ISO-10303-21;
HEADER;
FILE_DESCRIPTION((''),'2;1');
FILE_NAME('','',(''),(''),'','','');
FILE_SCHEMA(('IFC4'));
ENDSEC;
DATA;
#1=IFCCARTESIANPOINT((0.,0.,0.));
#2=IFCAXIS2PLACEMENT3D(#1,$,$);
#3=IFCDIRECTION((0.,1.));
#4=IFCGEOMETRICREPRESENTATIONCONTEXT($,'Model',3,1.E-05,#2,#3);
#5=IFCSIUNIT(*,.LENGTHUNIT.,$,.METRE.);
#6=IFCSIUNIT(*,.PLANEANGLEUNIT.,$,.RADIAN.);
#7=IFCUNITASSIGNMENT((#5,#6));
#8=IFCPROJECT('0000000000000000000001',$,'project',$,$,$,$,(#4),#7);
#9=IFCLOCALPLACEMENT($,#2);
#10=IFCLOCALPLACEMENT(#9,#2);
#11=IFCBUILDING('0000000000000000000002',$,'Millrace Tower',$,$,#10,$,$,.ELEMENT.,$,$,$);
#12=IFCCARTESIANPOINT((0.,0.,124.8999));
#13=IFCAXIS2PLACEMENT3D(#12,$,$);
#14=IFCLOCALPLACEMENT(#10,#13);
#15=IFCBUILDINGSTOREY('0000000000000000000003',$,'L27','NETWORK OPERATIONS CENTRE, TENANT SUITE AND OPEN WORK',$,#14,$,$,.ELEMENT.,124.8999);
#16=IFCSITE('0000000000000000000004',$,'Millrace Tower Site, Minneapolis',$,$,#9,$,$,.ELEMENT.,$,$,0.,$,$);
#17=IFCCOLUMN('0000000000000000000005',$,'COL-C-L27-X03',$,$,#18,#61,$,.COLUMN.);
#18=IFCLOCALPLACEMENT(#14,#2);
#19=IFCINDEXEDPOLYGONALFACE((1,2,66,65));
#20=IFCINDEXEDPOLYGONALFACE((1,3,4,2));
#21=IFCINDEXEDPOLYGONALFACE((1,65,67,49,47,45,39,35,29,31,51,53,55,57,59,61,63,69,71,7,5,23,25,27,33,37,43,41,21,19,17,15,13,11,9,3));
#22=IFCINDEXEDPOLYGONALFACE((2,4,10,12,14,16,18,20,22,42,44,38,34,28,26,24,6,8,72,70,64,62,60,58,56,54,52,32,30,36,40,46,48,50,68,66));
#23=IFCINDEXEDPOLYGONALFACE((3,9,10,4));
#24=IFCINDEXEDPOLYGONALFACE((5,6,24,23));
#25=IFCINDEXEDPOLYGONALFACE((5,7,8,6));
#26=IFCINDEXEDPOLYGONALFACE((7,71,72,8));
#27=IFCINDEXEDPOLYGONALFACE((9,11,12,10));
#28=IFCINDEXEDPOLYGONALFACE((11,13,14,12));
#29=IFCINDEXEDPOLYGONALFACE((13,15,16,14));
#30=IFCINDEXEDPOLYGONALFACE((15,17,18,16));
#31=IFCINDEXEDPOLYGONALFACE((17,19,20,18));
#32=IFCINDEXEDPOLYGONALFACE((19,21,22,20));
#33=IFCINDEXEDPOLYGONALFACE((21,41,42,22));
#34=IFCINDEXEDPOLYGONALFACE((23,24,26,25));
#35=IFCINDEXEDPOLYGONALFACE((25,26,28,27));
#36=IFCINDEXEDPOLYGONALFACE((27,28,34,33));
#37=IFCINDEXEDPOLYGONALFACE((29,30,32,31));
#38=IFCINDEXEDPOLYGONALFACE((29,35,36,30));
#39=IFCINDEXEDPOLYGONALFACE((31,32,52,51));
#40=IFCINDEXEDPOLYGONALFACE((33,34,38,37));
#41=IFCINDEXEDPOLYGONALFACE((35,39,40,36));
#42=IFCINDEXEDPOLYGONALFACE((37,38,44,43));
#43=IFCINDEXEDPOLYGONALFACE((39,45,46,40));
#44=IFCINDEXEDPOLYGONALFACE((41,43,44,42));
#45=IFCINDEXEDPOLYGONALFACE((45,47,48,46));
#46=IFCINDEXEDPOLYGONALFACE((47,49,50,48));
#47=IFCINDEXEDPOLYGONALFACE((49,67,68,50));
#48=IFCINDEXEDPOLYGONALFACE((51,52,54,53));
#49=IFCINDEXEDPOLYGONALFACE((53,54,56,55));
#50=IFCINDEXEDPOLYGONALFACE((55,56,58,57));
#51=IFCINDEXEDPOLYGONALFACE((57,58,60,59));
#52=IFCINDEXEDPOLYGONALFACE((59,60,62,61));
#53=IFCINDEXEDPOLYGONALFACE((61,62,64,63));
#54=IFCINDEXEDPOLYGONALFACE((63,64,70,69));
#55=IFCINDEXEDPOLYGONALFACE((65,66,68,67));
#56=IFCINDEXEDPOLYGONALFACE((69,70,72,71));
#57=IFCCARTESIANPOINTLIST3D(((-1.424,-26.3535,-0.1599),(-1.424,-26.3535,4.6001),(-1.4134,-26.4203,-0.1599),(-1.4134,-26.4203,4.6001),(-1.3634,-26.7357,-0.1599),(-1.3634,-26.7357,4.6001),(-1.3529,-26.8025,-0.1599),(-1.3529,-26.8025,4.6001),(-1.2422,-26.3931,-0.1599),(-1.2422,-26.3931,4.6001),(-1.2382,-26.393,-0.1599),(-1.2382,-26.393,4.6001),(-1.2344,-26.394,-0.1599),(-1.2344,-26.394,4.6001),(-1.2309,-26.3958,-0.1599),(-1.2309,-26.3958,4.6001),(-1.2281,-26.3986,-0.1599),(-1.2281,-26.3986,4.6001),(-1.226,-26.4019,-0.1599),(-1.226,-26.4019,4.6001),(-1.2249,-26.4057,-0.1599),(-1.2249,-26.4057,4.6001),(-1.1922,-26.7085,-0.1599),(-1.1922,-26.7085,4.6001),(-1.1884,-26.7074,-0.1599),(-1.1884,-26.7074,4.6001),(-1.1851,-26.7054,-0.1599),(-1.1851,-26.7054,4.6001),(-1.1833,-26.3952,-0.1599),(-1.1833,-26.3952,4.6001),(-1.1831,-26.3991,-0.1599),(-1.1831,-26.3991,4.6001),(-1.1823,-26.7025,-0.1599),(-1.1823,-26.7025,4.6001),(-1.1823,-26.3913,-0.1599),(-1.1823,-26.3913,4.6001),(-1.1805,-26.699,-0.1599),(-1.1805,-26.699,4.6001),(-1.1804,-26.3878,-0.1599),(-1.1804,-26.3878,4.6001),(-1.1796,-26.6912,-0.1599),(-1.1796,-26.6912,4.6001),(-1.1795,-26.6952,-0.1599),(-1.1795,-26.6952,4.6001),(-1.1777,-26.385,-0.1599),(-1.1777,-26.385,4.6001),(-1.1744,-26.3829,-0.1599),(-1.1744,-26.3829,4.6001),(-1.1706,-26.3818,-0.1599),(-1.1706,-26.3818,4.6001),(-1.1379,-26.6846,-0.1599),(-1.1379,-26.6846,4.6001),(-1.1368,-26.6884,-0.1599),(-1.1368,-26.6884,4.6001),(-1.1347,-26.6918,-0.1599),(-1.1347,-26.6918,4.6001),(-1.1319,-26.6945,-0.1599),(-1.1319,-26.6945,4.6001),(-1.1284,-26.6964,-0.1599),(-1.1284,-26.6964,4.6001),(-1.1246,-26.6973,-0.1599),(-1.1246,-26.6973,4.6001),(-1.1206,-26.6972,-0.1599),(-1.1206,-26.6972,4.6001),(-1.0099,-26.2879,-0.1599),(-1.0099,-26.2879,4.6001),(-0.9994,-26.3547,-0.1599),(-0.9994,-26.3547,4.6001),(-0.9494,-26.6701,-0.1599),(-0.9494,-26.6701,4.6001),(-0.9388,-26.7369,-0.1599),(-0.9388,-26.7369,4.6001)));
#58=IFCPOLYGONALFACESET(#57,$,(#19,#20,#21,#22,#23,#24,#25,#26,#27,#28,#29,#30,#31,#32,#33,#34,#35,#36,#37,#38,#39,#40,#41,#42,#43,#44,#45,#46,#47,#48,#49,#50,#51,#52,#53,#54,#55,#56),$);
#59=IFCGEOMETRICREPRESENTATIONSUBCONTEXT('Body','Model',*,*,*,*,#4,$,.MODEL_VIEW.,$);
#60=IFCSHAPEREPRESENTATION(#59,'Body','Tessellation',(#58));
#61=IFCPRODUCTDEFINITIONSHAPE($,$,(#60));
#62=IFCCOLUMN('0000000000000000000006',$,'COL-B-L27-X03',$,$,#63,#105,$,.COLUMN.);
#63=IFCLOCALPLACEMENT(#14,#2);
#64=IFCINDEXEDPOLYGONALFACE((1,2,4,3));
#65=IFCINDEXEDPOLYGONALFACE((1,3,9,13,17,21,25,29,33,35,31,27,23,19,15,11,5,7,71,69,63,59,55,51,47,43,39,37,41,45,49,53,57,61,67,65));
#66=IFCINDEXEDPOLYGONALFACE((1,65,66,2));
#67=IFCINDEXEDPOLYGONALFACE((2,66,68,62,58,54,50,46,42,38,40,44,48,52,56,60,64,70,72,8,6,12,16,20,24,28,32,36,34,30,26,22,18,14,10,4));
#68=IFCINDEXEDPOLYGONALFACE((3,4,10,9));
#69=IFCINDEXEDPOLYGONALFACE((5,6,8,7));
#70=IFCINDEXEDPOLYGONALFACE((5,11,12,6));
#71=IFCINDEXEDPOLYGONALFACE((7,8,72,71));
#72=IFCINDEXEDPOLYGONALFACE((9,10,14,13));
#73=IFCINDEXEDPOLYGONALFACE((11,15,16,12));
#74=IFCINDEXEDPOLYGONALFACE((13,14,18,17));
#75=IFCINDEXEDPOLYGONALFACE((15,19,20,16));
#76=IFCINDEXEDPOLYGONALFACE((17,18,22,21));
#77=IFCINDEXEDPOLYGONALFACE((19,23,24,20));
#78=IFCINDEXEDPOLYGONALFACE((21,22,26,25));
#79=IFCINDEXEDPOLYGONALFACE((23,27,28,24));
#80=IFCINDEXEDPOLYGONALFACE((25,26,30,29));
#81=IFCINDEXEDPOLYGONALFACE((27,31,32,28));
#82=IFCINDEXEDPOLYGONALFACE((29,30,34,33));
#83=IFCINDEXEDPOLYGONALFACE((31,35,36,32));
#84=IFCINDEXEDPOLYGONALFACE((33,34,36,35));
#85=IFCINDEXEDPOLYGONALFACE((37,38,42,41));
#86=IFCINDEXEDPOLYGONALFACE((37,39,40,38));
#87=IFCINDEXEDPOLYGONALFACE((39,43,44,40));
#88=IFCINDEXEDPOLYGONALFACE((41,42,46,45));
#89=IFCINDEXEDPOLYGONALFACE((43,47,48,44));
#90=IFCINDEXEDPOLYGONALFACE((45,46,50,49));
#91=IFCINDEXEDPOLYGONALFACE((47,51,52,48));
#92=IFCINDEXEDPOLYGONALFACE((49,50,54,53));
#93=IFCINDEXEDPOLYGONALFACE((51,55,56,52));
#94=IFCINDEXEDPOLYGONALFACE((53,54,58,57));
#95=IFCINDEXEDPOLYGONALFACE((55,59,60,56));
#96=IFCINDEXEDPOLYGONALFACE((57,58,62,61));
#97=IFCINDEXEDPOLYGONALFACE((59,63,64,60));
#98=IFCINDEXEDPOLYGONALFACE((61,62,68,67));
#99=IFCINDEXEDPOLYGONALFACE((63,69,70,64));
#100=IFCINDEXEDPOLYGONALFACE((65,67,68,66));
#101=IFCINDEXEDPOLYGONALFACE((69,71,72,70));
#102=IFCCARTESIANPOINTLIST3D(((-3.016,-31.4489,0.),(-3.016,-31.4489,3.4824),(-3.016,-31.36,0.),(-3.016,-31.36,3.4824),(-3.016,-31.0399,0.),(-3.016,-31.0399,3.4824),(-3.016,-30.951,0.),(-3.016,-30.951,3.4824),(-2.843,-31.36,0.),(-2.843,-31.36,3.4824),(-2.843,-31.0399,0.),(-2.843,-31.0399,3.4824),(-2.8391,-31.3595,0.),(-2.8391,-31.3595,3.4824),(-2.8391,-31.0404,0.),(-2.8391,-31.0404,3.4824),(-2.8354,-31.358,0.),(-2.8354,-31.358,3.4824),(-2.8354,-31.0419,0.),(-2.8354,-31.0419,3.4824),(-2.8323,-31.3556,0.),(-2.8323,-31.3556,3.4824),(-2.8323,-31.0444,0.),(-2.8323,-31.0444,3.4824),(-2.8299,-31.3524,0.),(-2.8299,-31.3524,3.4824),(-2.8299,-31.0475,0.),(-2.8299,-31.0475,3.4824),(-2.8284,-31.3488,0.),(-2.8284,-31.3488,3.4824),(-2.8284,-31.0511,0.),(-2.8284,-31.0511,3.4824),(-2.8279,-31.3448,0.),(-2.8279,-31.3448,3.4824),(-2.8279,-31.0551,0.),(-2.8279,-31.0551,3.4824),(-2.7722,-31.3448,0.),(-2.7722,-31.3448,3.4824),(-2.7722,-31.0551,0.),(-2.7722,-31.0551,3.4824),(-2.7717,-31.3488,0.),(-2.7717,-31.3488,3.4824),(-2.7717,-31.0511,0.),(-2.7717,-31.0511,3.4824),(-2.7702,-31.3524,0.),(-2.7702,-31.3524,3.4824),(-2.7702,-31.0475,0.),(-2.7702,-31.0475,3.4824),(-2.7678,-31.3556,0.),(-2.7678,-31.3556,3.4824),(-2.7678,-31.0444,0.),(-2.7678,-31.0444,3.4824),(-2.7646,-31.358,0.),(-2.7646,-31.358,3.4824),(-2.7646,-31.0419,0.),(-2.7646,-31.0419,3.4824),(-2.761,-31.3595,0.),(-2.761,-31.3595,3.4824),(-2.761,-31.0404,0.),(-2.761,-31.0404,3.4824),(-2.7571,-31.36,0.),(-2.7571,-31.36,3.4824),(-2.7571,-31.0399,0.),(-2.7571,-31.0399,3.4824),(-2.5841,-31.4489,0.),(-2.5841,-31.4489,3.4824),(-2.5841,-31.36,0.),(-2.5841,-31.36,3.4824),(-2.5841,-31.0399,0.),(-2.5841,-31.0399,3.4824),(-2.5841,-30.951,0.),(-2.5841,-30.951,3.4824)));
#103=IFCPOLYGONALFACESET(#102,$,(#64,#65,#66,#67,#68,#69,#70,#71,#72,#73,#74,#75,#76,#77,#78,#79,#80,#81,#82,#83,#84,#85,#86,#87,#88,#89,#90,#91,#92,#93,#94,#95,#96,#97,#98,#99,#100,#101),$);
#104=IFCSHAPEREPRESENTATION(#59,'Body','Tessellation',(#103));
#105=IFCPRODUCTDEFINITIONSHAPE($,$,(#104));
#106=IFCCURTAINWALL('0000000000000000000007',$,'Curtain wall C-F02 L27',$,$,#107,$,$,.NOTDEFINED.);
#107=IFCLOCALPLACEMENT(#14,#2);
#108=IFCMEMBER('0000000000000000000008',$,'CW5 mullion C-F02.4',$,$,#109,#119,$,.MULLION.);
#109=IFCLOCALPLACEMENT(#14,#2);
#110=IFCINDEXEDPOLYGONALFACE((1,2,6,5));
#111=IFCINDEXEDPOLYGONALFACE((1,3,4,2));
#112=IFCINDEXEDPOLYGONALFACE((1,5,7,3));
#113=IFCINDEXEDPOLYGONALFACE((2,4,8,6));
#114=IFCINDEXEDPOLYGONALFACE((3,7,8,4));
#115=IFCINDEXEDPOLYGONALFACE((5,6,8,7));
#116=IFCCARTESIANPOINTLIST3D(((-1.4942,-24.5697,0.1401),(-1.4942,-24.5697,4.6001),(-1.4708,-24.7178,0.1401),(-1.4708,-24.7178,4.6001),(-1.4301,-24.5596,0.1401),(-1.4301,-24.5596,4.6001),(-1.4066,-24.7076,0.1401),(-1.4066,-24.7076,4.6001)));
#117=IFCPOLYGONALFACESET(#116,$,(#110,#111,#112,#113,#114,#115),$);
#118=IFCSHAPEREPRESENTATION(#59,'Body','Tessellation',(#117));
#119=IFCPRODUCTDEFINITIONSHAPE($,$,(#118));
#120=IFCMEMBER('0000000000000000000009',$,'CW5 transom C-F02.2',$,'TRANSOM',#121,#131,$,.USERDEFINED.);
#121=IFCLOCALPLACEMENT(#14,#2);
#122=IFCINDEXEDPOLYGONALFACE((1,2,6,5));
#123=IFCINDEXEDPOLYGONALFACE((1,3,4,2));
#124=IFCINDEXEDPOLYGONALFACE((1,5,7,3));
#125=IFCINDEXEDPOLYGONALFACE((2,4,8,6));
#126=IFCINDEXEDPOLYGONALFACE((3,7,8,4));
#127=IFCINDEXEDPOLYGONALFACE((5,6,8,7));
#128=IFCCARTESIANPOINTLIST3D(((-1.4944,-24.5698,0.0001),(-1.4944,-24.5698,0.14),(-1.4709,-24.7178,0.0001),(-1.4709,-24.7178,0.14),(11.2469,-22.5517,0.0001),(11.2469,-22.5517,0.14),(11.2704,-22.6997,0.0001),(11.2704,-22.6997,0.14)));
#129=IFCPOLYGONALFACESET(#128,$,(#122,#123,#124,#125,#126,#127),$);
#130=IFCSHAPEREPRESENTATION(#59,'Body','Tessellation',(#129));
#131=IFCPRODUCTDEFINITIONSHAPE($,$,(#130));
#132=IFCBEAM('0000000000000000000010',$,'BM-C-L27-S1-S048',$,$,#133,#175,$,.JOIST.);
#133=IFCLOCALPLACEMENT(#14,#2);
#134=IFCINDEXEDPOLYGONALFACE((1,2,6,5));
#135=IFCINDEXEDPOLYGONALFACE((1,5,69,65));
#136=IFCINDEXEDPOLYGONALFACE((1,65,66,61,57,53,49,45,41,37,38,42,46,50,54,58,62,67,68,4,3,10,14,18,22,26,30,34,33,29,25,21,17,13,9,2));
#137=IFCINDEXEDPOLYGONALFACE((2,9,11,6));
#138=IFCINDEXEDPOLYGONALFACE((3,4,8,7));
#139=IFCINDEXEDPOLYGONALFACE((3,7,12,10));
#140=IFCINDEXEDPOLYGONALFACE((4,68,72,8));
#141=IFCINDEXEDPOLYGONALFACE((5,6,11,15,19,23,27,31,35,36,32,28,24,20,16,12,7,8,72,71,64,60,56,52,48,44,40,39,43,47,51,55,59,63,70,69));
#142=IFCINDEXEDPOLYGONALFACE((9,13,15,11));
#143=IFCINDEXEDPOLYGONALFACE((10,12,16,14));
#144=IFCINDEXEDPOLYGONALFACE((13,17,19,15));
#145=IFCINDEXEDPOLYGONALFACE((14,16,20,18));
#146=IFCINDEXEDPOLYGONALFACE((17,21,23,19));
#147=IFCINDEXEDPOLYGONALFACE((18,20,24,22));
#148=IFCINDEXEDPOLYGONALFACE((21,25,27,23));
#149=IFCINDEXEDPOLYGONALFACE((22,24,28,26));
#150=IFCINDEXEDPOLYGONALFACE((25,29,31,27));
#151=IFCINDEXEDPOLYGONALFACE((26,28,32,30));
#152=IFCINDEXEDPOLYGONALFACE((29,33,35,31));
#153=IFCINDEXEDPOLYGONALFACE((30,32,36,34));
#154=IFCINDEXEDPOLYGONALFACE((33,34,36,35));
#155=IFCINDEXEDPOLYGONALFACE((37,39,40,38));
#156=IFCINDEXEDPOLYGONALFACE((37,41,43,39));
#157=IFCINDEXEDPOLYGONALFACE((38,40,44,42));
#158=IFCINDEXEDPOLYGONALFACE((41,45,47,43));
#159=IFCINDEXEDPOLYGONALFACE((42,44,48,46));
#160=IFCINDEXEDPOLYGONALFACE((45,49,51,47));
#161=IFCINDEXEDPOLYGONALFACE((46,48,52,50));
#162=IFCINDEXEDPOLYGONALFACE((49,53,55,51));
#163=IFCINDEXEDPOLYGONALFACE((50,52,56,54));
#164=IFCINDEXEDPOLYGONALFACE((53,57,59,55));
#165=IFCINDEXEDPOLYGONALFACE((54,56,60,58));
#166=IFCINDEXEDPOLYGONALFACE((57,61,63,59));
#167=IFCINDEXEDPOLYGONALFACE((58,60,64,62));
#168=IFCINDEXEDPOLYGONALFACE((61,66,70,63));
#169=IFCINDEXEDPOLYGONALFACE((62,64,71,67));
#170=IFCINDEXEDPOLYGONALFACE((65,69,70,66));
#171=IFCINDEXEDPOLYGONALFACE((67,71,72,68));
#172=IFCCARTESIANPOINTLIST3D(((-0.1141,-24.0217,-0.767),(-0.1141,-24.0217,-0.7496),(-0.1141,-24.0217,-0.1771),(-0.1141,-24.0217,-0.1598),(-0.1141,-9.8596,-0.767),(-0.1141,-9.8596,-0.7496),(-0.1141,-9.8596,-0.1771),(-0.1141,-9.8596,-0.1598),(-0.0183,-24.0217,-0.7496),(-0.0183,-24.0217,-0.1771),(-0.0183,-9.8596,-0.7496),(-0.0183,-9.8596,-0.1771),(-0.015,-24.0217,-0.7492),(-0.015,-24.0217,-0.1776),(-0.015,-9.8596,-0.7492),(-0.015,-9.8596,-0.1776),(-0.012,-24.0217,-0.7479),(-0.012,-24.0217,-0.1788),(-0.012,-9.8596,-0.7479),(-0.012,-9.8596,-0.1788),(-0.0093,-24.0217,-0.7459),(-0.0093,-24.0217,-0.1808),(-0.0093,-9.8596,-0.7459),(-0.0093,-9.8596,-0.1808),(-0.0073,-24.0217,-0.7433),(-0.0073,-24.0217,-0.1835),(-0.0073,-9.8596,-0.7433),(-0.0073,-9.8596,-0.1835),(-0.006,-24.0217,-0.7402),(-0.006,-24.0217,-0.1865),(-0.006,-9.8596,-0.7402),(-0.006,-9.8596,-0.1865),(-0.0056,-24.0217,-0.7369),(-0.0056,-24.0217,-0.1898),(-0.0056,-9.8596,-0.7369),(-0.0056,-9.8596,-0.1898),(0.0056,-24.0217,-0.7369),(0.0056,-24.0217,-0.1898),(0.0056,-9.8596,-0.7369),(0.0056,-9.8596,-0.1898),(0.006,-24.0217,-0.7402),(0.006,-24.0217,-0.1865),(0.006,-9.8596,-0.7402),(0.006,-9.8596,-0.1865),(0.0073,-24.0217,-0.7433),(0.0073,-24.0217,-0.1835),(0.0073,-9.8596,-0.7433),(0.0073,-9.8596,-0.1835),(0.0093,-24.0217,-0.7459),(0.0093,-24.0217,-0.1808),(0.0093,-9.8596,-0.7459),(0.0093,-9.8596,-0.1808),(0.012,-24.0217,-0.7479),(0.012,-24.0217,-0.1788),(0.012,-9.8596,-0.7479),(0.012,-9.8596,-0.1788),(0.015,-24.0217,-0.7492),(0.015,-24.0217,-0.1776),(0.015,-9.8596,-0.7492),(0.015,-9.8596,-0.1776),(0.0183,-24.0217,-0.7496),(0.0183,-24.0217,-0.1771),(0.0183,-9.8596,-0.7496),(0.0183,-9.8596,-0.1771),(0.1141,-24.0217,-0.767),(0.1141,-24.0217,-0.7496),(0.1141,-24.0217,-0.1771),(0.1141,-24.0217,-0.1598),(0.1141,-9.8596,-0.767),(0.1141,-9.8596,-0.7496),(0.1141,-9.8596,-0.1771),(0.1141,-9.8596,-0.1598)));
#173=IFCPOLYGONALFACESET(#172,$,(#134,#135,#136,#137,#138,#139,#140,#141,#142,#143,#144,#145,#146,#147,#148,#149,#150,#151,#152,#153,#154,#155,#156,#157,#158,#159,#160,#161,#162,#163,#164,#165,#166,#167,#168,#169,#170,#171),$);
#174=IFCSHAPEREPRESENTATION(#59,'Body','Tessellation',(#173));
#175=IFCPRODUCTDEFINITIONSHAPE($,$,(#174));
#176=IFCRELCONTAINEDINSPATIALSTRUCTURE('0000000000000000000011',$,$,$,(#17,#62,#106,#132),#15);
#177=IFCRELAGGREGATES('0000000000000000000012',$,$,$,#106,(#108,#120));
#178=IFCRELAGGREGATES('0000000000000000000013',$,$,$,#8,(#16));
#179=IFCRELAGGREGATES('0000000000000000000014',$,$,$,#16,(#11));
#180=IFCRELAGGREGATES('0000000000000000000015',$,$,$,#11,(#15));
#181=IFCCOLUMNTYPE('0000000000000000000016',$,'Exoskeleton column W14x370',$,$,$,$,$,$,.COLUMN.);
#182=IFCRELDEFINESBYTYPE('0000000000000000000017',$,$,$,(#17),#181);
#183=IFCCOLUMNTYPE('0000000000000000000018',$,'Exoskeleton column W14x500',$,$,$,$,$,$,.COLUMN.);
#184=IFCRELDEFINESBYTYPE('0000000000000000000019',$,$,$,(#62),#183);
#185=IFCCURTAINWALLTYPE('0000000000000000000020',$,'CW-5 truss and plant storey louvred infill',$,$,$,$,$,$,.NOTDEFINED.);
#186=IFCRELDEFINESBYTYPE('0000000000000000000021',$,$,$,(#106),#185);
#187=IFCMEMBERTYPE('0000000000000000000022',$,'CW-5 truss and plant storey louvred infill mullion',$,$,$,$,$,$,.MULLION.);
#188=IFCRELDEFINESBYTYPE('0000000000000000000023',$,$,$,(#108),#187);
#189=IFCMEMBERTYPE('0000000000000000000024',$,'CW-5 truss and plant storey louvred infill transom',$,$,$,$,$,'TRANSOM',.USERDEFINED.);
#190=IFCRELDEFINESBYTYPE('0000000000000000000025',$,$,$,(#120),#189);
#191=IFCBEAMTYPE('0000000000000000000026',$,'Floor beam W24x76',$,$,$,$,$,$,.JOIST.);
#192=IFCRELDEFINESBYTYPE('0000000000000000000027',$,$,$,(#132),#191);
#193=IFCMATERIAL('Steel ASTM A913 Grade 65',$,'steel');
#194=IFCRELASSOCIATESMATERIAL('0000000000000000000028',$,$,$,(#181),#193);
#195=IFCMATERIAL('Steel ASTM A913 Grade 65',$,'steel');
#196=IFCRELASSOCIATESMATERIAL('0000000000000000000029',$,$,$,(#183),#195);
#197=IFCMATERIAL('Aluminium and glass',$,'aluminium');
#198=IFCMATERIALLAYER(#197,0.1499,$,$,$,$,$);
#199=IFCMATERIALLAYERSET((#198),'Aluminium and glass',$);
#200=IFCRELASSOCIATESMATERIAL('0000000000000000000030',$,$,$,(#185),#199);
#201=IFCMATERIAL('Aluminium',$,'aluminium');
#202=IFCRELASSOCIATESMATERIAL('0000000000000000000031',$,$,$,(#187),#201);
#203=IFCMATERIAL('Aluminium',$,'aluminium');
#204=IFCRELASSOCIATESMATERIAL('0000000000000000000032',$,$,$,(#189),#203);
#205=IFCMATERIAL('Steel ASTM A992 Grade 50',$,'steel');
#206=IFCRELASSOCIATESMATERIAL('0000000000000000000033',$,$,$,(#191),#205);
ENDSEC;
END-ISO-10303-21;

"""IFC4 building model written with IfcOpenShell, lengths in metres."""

from ifc_helpers import new_model, si_unit, direction, frame, origin, origin_2d, place, context, subcontext, project, spatial, rectangle, i_section, extrude, material, layer, layer_set, material_profile, profile_set, type_object, element, aggregate, save


model = new_model("IFC4")

# Units and contexts
model_context = context("Model", 3, precision=1e-05, world=origin(), true_north=direction((0.0, 1.0)))
body_context = subcontext(model_context, "Body", "Model", "MODEL_VIEW")
ifc_project = project(units=[si_unit("LENGTHUNIT", "METRE"), si_unit("PLANEANGLEUNIT", "RADIAN")], contexts=[model_context])

# Site, building, storey
site_placement = place(None, origin())
site = spatial("IfcSite", under=ifc_project, at=site_placement, Name="Millrace Tower Site, Minneapolis", CompositionType="ELEMENT", RefElevation=0.0)
building_placement = place(site_placement, origin())
building = spatial("IfcBuilding", under=site, at=building_placement, Name="Millrace Tower", CompositionType="ELEMENT")
storey_placement = place(building_placement, frame((0.0, 0.0, 124.8999)))
storey = spatial("IfcBuildingStorey", under=building, at=storey_placement, Name="L27", Description="NETWORK OPERATIONS CENTRE, TENANT SUITE AND OPEN WORK", CompositionType="ELEMENT", Elevation=124.8999)

# Columns
ifc_material_1 = material(Name="Steel ASTM A913 Grade 65", Category="steel")
ifc_material_profile_1 = material_profile(ifc_material_1, i_section(OverallWidth=0.4192, OverallDepth=0.4546, WebThickness=0.0422, FlangeThickness=0.0676, FilletRadius=0.0151, at=origin_2d()))
ifc_profile_set_1 = profile_set([ifc_material_profile_1], Name="Steel ASTM A913 Grade 65")
column_type_1 = type_object("IfcColumnType", Name="Exoskeleton column W14x370", PredefinedType="COLUMN", material=ifc_profile_set_1)
column_1_placement = place(storey_placement, frame((-1.1814, -26.5452, -0.1599), z_axis=(0.0, 0.0, 1.0), x_axis=(0.987688, 0.156434, 0.0)))
element("IfcColumn", 1, at=column_1_placement, inside=storey, type_object=column_type_1, Name="COL-C-L27-X03", PredefinedType="COLUMN", context=body_context, shape_type="SweptSolid", body=[
    extrude(i_section(OverallWidth=0.4192, OverallDepth=0.4546, WebThickness=0.0422, FlangeThickness=0.0676, FilletRadius=0.0151, at=origin_2d()), origin(), (0.0, 0.0, 1.0), 4.76),
])
ifc_material_2 = material(Name="Steel ASTM A913 Grade 65", Category="steel")
ifc_material_profile_2 = material_profile(ifc_material_2, i_section(OverallWidth=0.4319, OverallDepth=0.4978, WebThickness=0.0557, FlangeThickness=0.0889, FilletRadius=0.0151, at=origin_2d()))
ifc_profile_set_2 = profile_set([ifc_material_profile_2], Name="Steel ASTM A913 Grade 65")
column_type_2 = type_object("IfcColumnType", Name="Exoskeleton column W14x500", PredefinedType="COLUMN", material=ifc_profile_set_2)
column_2_placement = place(storey_placement, frame((-2.8, -31.2, 0.0), z_axis=(0.0, 0.0, 1.0), x_axis=(1.0, 0.0, 0.0)))
element("IfcColumn", 2, at=column_2_placement, inside=storey, type_object=column_type_2, Name="COL-B-L27-X03", PredefinedType="COLUMN", context=body_context, shape_type="SweptSolid", body=[
    extrude(i_section(OverallWidth=0.4319, OverallDepth=0.4978, WebThickness=0.0557, FlangeThickness=0.0889, FilletRadius=0.0151, at=origin_2d()), origin(), (0.0, 0.0, 1.0), 3.4824),
])

# Curtain wall, members
ifc_material_3 = material(Name="Aluminium and glass", Category="aluminium")
ifc_layer_1 = layer(ifc_material_3, 0.1499)
ifc_layer_set_1 = layer_set([ifc_layer_1], Name="Aluminium and glass")
curtain_wall_type = type_object("IfcCurtainWallType", Name="CW-5 truss and plant storey louvred infill", PredefinedType="NOTDEFINED", material=ifc_layer_set_1)
curtain_wall_placement = place(storey_placement, origin())
curtain_wall = element("IfcCurtainWall", 3, at=curtain_wall_placement, inside=storey, type_object=curtain_wall_type, Name="Curtain wall C-F02 L27", PredefinedType="NOTDEFINED")
ifc_material_4 = material(Name="Aluminium", Category="aluminium")
ifc_material_profile_3 = material_profile(ifc_material_4, rectangle(XDim=0.0649, YDim=0.1499, at=origin_2d()))
ifc_profile_set_3 = profile_set([ifc_material_profile_3], Name="Aluminium")
member_type_1 = type_object("IfcMemberType", Name="CW-5 truss and plant storey louvred infill mullion", PredefinedType="MULLION", material=ifc_profile_set_3)
member_1_placement = place(storey_placement, frame((-1.4504, -24.6387, 0.1401), z_axis=(0.0, 0.0, 1.0), x_axis=(0.987688, 0.156434, 0.0)))
member_1 = element("IfcMember", 4, at=member_1_placement, type_object=member_type_1, Name="CW5 mullion C-F02.4", PredefinedType="MULLION", context=body_context, shape_type="SweptSolid", body=[
    extrude(rectangle(XDim=0.0649, YDim=0.1499, at=origin_2d()), origin(), (0.0, 0.0, 1.0), 4.46),
])
ifc_material_5 = material(Name="Aluminium", Category="aluminium")
ifc_material_profile_4 = material_profile(ifc_material_5, rectangle(XDim=0.1499, YDim=0.1399, at=origin_2d()))
ifc_profile_set_4 = profile_set([ifc_material_profile_4], Name="Aluminium")
member_type_2 = type_object("IfcMemberType", Name="CW-5 truss and plant storey louvred infill transom", ElementType="TRANSOM", PredefinedType="USERDEFINED", material=ifc_profile_set_4)
member_2_placement = place(storey_placement, frame((-1.4827, -24.6438, 0.0701), z_axis=(0.987688, 0.156439, 0.0), x_axis=(-0.156439, 0.987688, 0.0)))
member_2 = element("IfcMember", 5, at=member_2_placement, type_object=member_type_2, Name="CW5 transom C-F02.2", ObjectType="TRANSOM", PredefinedType="USERDEFINED", context=body_context, shape_type="SweptSolid", body=[
    extrude(rectangle(XDim=0.1499, YDim=0.1399, at=origin_2d()), origin(), (0.0, 0.0, 1.0), 12.9001),
])
aggregate(curtain_wall, [member_1, member_2])

# Beam
ifc_material_6 = material(Name="Steel ASTM A992 Grade 50", Category="steel")
ifc_material_profile_5 = material_profile(ifc_material_6, i_section(OverallWidth=0.2283, OverallDepth=0.6072, WebThickness=0.0112, FlangeThickness=0.0173, FilletRadius=0.0127, at=origin_2d()))
ifc_profile_set_5 = profile_set([ifc_material_profile_5], Name="Steel ASTM A992 Grade 50")
beam_type_1 = type_object("IfcBeamType", Name="Floor beam W24x76", PredefinedType="JOIST", material=ifc_profile_set_5)
beam_1_placement = place(storey_placement, frame((0.0, -24.0217, -0.4634), z_axis=(0.0, 1.0, 0.0), x_axis=(-1.0, 0.0, 0.0)))
element("IfcBeam", 6, at=beam_1_placement, inside=storey, type_object=beam_type_1, Name="BM-C-L27-S1-S048", PredefinedType="JOIST", context=body_context, shape_type="SweptSolid", body=[
    extrude(i_section(OverallWidth=0.2283, OverallDepth=0.6072, WebThickness=0.0112, FlangeThickness=0.0173, FilletRadius=0.0127, at=origin_2d()), origin(), (0.0, 0.0, 1.0), 14.1621),
])

save(model, "model.ifc")
